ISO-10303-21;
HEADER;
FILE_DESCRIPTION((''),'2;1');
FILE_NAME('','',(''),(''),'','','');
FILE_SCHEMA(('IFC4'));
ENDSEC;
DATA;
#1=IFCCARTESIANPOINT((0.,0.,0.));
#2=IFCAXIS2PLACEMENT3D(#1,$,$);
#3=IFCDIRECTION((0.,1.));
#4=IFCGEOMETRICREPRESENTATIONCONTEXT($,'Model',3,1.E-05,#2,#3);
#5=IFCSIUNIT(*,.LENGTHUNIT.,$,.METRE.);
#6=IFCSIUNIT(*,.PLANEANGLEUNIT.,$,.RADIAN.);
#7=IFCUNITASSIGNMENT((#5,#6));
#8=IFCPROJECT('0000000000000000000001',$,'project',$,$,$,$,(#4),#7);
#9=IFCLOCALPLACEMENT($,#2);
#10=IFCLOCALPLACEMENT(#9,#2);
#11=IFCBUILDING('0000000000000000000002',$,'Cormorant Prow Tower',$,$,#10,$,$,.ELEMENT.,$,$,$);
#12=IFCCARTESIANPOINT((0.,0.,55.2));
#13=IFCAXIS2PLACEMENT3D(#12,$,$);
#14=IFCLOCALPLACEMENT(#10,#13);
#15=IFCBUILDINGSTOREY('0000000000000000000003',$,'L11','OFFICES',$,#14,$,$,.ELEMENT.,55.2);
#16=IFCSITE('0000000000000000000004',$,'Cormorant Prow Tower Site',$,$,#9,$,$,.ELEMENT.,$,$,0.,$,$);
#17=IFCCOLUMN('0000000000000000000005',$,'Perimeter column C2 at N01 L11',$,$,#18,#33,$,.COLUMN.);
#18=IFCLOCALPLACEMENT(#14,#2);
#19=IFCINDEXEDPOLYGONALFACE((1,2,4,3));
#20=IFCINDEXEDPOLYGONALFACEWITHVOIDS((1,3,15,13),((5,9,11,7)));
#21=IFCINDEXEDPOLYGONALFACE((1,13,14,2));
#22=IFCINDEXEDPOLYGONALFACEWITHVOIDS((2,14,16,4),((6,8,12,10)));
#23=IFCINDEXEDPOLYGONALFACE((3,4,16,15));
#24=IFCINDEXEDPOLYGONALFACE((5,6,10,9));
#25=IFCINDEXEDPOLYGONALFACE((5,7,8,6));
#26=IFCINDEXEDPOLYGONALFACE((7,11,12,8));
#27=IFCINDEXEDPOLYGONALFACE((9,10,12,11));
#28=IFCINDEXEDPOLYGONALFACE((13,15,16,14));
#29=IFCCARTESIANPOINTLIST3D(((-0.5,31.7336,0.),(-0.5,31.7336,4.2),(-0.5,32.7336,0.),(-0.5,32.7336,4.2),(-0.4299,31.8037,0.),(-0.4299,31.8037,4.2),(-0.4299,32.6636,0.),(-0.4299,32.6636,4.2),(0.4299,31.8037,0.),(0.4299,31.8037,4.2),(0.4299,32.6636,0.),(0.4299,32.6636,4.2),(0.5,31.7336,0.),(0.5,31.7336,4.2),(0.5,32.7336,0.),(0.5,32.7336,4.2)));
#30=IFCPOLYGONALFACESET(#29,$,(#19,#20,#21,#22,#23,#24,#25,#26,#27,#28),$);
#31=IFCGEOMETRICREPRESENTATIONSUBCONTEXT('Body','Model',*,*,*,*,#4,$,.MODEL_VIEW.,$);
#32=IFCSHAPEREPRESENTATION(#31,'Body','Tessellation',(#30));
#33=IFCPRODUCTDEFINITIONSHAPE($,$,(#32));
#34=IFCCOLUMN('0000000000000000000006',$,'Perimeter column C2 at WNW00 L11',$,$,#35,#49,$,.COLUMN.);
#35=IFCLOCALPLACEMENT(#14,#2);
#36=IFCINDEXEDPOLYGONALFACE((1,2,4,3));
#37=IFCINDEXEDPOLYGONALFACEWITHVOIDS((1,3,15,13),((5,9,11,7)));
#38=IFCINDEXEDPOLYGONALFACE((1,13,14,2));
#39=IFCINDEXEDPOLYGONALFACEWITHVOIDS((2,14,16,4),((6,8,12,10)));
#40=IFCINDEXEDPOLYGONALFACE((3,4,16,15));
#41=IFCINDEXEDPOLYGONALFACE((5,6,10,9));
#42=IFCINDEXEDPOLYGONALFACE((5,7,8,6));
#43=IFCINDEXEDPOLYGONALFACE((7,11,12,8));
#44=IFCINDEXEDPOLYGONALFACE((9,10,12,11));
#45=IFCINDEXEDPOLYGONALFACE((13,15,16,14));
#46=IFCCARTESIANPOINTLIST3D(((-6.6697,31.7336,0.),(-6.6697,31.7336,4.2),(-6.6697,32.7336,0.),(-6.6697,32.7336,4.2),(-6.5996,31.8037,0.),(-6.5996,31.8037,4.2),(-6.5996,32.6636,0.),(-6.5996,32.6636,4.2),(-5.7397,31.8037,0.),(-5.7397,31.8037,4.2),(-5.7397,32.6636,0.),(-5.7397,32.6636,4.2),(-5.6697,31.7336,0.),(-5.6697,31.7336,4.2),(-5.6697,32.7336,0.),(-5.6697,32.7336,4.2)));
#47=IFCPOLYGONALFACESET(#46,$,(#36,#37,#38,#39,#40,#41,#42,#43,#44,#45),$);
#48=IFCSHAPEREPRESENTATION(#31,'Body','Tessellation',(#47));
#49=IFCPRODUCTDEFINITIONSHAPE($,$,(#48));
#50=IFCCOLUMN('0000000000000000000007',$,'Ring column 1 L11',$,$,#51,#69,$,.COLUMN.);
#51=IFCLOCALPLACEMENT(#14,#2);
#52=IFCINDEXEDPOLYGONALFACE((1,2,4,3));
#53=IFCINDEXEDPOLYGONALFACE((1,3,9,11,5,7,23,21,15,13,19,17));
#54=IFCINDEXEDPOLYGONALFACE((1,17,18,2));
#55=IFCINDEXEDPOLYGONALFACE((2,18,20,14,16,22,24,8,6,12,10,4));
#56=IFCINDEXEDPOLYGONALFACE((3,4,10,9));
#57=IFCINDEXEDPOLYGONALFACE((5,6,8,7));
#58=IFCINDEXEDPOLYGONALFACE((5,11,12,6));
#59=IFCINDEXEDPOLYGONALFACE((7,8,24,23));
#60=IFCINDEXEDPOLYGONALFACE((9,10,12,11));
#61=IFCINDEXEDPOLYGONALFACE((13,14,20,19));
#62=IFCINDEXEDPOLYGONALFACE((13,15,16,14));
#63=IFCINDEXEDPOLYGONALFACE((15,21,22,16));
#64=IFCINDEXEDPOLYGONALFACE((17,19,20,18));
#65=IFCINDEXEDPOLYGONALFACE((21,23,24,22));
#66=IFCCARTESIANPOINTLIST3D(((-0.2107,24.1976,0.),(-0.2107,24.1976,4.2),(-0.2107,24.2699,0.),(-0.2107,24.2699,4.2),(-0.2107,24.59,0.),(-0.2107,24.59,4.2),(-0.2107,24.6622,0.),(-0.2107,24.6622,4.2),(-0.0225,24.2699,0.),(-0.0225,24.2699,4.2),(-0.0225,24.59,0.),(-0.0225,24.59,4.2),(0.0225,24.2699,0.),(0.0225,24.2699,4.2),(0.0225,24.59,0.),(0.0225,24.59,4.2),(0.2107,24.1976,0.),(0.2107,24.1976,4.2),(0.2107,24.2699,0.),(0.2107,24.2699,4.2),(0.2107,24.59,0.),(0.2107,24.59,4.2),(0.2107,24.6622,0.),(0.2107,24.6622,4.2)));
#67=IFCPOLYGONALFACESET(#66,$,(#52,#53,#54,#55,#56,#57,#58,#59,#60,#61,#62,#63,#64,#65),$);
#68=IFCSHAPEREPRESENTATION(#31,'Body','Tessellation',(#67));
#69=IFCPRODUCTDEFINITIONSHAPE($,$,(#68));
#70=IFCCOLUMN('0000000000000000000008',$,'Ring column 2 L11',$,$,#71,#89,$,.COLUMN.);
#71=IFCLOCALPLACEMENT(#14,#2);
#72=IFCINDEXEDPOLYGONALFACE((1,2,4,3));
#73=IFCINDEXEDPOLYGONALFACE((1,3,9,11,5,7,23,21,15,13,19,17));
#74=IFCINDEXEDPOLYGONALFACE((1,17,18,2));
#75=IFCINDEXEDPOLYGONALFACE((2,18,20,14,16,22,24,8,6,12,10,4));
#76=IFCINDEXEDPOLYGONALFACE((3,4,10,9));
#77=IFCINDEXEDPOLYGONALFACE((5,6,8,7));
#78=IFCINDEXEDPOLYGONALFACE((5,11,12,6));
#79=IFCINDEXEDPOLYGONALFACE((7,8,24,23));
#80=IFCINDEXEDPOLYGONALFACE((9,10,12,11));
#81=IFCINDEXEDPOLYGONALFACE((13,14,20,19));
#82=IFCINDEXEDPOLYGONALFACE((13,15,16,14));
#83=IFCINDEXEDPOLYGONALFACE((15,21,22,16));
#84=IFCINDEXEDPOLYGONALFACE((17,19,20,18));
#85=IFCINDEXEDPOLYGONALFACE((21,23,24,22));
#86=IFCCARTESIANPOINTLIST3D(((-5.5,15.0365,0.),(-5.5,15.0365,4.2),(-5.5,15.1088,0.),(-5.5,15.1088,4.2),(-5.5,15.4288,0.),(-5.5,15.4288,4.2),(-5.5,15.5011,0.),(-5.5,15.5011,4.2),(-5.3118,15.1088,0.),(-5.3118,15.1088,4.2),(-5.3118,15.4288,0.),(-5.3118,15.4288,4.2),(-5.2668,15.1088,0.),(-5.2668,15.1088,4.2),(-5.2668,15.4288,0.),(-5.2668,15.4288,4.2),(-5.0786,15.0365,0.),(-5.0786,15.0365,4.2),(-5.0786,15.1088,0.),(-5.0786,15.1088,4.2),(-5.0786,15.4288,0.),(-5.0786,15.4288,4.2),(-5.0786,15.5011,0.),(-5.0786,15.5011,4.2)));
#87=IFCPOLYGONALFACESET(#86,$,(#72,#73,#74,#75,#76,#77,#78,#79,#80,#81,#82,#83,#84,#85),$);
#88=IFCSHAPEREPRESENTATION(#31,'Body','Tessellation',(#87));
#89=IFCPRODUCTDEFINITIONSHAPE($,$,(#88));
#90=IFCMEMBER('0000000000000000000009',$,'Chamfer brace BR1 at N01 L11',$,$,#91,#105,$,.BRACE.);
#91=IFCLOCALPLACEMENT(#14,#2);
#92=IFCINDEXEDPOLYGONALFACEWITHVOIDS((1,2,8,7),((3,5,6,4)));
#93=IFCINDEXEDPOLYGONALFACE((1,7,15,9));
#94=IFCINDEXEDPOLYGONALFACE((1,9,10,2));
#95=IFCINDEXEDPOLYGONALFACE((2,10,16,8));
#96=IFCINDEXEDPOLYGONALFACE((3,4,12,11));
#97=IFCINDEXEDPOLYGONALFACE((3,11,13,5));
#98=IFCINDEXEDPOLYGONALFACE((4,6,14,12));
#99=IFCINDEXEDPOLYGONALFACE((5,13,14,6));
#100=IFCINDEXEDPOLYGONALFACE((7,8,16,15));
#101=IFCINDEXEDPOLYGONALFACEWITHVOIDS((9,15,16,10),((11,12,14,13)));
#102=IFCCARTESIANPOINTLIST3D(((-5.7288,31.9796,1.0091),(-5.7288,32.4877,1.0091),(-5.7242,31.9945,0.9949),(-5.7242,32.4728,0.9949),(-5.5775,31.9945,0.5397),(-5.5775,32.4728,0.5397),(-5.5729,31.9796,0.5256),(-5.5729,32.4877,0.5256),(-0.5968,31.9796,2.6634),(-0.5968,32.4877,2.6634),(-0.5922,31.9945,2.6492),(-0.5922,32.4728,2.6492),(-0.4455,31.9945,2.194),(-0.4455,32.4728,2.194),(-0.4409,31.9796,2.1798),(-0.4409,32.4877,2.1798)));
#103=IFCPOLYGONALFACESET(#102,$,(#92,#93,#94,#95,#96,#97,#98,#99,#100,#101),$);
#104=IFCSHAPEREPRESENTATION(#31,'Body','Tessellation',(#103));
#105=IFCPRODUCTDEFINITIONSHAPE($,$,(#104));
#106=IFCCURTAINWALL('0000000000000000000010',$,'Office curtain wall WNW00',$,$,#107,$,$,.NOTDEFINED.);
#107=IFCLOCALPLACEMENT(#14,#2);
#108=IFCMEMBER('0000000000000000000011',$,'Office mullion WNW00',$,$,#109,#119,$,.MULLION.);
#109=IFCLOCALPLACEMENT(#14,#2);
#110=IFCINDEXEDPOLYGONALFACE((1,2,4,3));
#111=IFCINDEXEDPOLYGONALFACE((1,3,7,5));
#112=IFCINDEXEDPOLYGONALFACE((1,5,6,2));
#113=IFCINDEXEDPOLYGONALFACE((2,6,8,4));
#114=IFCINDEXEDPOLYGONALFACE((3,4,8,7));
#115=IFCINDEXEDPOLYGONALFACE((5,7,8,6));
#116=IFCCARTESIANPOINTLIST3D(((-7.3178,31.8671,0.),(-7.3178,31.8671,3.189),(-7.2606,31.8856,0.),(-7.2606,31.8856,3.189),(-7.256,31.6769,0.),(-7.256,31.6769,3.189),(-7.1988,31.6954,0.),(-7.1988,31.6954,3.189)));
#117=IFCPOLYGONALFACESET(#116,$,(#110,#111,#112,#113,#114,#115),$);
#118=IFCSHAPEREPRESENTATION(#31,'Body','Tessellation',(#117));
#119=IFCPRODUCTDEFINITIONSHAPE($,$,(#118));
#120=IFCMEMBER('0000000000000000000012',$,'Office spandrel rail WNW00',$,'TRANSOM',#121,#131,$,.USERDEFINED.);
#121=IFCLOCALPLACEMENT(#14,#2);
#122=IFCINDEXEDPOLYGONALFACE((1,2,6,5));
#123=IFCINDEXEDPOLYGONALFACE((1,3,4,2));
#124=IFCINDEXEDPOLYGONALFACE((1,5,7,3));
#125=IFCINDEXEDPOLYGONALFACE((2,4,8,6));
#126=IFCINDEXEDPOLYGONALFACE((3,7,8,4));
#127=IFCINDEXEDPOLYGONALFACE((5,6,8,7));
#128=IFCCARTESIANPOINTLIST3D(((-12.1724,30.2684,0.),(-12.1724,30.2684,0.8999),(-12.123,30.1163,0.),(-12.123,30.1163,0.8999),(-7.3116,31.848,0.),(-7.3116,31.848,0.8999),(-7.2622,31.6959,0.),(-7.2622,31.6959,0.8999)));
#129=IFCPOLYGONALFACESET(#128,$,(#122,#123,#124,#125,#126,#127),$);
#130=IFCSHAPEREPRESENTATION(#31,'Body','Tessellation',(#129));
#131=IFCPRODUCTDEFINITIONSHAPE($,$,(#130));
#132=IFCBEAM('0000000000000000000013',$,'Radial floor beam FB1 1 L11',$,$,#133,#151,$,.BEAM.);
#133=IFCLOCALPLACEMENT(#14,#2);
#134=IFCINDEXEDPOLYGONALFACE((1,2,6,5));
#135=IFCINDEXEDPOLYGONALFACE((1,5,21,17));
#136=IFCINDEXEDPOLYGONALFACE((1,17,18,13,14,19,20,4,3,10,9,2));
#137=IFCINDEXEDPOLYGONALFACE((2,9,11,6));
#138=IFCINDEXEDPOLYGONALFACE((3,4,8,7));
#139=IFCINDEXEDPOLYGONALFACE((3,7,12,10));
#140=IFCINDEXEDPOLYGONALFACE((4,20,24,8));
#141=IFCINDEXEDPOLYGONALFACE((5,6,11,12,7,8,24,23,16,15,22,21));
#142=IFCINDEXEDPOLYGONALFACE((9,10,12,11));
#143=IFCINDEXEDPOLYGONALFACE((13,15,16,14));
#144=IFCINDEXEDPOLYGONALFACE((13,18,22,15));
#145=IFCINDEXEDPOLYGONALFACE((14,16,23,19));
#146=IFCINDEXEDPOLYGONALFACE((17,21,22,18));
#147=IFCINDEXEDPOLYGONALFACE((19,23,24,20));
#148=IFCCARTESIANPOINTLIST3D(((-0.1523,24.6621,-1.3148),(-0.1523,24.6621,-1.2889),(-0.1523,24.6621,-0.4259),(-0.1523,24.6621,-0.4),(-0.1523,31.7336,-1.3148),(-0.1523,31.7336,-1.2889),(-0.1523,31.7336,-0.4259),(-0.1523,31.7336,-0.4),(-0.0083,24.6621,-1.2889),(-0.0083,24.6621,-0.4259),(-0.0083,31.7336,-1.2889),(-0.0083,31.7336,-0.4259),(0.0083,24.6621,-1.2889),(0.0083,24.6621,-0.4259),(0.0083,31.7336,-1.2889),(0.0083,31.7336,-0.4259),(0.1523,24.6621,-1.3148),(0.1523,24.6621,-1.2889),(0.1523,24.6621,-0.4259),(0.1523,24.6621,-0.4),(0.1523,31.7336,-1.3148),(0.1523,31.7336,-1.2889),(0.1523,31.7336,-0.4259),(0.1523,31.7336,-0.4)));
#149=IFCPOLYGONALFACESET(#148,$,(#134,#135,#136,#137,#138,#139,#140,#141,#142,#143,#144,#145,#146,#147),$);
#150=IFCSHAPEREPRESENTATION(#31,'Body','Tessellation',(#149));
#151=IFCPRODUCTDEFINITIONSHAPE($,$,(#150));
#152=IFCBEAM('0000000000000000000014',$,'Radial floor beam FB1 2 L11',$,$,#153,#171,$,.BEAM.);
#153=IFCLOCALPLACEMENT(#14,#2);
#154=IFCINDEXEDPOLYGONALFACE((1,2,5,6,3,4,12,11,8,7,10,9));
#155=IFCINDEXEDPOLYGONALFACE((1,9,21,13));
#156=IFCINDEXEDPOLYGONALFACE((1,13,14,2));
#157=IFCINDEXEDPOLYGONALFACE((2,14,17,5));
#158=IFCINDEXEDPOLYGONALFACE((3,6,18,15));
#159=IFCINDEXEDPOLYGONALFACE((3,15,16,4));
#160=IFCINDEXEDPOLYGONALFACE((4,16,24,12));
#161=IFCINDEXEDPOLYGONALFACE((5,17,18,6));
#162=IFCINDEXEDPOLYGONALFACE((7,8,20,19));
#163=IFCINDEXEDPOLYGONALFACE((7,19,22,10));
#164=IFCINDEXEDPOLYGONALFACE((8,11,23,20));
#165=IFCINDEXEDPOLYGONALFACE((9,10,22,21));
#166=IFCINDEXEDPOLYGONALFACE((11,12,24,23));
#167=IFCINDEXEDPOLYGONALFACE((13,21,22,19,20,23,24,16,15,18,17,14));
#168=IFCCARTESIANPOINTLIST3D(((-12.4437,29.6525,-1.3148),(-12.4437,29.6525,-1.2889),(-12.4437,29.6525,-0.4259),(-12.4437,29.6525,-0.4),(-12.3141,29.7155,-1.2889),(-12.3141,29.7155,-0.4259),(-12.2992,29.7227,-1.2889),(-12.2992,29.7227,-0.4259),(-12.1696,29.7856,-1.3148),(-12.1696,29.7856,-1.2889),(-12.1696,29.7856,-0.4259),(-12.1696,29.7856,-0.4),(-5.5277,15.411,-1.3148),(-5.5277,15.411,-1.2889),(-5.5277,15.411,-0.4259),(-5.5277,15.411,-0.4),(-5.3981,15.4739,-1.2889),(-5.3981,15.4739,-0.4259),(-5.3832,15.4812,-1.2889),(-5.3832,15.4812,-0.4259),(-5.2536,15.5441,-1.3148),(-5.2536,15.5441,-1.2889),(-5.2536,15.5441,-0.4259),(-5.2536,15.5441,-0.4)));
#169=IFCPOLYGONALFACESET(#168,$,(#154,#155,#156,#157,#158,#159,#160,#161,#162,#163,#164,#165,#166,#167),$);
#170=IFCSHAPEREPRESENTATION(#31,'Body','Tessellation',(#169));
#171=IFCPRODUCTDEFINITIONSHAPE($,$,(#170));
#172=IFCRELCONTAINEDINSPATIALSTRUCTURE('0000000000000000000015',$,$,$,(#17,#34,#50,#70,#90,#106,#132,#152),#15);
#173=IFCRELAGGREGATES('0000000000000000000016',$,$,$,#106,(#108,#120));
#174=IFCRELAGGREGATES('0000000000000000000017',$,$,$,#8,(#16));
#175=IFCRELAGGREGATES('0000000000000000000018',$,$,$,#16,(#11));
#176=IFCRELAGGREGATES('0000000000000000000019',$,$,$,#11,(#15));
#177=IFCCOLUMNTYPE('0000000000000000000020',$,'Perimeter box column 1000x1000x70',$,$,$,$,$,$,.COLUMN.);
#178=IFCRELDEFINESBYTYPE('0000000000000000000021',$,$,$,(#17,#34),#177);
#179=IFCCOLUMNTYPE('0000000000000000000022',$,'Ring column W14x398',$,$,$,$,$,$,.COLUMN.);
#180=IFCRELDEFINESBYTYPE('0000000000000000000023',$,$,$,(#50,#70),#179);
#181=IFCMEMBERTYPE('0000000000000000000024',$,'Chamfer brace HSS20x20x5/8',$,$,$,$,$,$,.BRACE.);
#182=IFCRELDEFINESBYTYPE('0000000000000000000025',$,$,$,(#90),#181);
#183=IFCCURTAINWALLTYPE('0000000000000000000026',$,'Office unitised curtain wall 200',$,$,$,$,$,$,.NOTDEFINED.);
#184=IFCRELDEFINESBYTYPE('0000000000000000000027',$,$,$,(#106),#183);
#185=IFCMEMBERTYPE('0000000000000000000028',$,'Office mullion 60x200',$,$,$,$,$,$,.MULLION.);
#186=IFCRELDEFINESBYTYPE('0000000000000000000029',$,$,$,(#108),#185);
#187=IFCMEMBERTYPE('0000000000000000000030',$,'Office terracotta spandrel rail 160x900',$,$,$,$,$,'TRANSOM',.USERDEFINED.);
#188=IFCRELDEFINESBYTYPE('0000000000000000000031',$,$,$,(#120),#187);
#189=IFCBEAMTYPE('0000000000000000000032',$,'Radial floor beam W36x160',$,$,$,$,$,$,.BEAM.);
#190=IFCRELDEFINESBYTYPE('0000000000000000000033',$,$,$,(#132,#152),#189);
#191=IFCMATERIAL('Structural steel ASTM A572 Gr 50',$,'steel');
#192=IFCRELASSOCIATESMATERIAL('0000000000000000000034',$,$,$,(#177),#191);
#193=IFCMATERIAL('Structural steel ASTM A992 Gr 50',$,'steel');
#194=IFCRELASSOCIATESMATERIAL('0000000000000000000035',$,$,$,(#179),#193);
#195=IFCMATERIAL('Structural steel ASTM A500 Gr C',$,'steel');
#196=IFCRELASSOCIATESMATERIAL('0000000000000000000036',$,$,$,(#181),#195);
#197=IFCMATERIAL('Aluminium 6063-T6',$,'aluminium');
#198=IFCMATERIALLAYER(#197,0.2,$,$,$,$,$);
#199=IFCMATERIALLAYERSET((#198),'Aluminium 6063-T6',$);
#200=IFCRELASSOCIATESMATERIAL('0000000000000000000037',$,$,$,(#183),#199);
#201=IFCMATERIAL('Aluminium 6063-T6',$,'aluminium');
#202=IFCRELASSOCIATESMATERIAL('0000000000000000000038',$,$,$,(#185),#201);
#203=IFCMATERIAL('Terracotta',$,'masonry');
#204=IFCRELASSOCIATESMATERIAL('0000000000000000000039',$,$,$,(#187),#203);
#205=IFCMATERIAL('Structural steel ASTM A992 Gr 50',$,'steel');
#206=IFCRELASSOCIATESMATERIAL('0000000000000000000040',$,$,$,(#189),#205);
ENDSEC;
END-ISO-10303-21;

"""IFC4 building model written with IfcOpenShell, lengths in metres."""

from ifc_helpers import new_model, si_unit, direction, frame, origin, origin_2d, place, context, subcontext, project, spatial, rectangle, hollow_rectangle, i_section, extrude, material, layer, layer_set, material_profile, profile_set, type_object, element, aggregate, save


model = new_model("IFC4")

# Units and contexts
model_context = context("Model", 3, precision=1e-05, world=origin(), true_north=direction((0.0, 1.0)))
body_context = subcontext(model_context, "Body", "Model", "MODEL_VIEW")
ifc_project = project(units=[si_unit("LENGTHUNIT", "METRE"), si_unit("PLANEANGLEUNIT", "RADIAN")], contexts=[model_context])

# Site, building, storey
site_placement = place(None, origin())
site = spatial("IfcSite", under=ifc_project, at=site_placement, Name="Cormorant Prow Tower Site", CompositionType="ELEMENT", RefElevation=0.0)
building_placement = place(site_placement, origin())
building = spatial("IfcBuilding", under=site, at=building_placement, Name="Cormorant Prow Tower", CompositionType="ELEMENT")
storey_placement = place(building_placement, frame((0.0, 0.0, 55.2)))
storey = spatial("IfcBuildingStorey", under=building, at=storey_placement, Name="L11", Description="OFFICES", CompositionType="ELEMENT", Elevation=55.2)

# Columns
ifc_material_1 = material(Name="Structural steel ASTM A572 Gr 50", Category="steel")
ifc_material_profile_1 = material_profile(ifc_material_1, hollow_rectangle(XDim=1.0, YDim=1.0, WallThickness=0.0701, at=origin_2d()), Name="Box 1000x1000x70")
ifc_profile_set_1 = profile_set([ifc_material_profile_1], Name="Structural steel ASTM A572 Gr 50")
column_type_1 = type_object("IfcColumnType", Name="Perimeter box column 1000x1000x70", PredefinedType="COLUMN", material=ifc_profile_set_1)
for number, where, z_axis, x_axis, name in (
    (1, (0.0, 32.2336, 0.0), (0.0, 0.0, 1.0), (1.0, 0.0, 0.0), "Perimeter column C2 at N01 L11"),
    (2, (-6.1697, 32.2336, 0.0), (0.0, 0.0, 1.0), (1.0, 0.0, 0.0), "Perimeter column C2 at WNW00 L11"),
):
    element("IfcColumn", number, at=place(storey_placement, frame(where, z_axis=z_axis, x_axis=x_axis)), inside=storey, type_object=column_type_1, Name=name, PredefinedType="COLUMN", context=body_context, shape_type="SweptSolid", body=[
        extrude(hollow_rectangle(XDim=1.0, YDim=1.0, WallThickness=0.0701, at=origin_2d()), origin(), (0.0, 0.0, 1.0), 4.2),
    ])
ifc_material_2 = material(Name="Structural steel ASTM A992 Gr 50", Category="steel")
ifc_material_profile_2 = material_profile(ifc_material_2, i_section(OverallWidth=0.4214, OverallDepth=0.4646, WebThickness=0.0449, FlangeThickness=0.0723, at=origin_2d()), Name="W14x398")
ifc_profile_set_2 = profile_set([ifc_material_profile_2], Name="Structural steel ASTM A992 Gr 50")
column_type_2 = type_object("IfcColumnType", Name="Ring column W14x398", PredefinedType="COLUMN", material=ifc_profile_set_2)
for number, where, z_axis, x_axis, name in (
    (3, (0.0, 24.4299, 0.0), (0.0, 0.0, 1.0), (1.0, 0.0, 0.0), "Ring column 1 L11"),
    (4, (-5.2893, 15.2688, 0.0), (0.0, 0.0, 1.0), (1.0, 0.0, 0.0), "Ring column 2 L11"),
):
    element("IfcColumn", number, at=place(storey_placement, frame(where, z_axis=z_axis, x_axis=x_axis)), inside=storey, type_object=column_type_2, Name=name, PredefinedType="COLUMN", context=body_context, shape_type="SweptSolid", body=[
        extrude(i_section(OverallWidth=0.4214, OverallDepth=0.4646, WebThickness=0.0449, FlangeThickness=0.0723, at=origin_2d()), origin(), (0.0, 0.0, 1.0), 4.2),
    ])

# Member
ifc_material_3 = material(Name="Structural steel ASTM A500 Gr C", Category="steel")
ifc_material_profile_3 = material_profile(ifc_material_3, hollow_rectangle(XDim=0.5081, YDim=0.5081, WallThickness=0.0149, at=origin_2d()), Name="HSS20x20x5/8")
ifc_profile_set_3 = profile_set([ifc_material_profile_3], Name="Structural steel ASTM A500 Gr C")
member_type_1 = type_object("IfcMemberType", Name="Chamfer brace HSS20x20x5/8", PredefinedType="BRACE", material=ifc_profile_set_3)
member_1_placement = place(storey_placement, frame((-5.6509, 32.2336, 0.7673), z_axis=(0.951774, 0.0, 0.306799), x_axis=(0.0, 1.0, 0.0)))
element("IfcMember", 5, at=member_1_placement, inside=storey, type_object=member_type_1, Name="Chamfer brace BR1 at N01 L11", PredefinedType="BRACE", context=body_context, shape_type="SweptSolid", body=[
    extrude(hollow_rectangle(XDim=0.5081, YDim=0.5081, WallThickness=0.0149, at=origin_2d()), origin(), (0.0, 0.0, 1.0), 5.3921),
])

# Curtain wall, members
ifc_material_4 = material(Name="Aluminium 6063-T6", Category="aluminium")
ifc_layer_1 = layer(ifc_material_4, 0.2)
ifc_layer_set_1 = layer_set([ifc_layer_1], Name="Aluminium 6063-T6")
curtain_wall_type = type_object("IfcCurtainWallType", Name="Office unitised curtain wall 200", PredefinedType="NOTDEFINED", material=ifc_layer_set_1)
curtain_wall_placement = place(storey_placement, origin())
curtain_wall = element("IfcCurtainWall", 6, at=curtain_wall_placement, inside=storey, type_object=curtain_wall_type, Name="Office curtain wall WNW00", PredefinedType="NOTDEFINED")
ifc_material_5 = material(Name="Aluminium 6063-T6", Category="aluminium")
ifc_material_profile_4 = material_profile(ifc_material_5, rectangle(XDim=0.2, YDim=0.0601, at=origin_2d()), Name="Office mullion 60x200")
ifc_profile_set_4 = profile_set([ifc_material_profile_4], Name="Aluminium 6063-T6")
member_type_2 = type_object("IfcMemberType", Name="Office mullion 60x200", PredefinedType="MULLION", material=ifc_profile_set_4)
member_2_placement = place(storey_placement, frame((-7.2583, 31.7812, 0.0), z_axis=(0.0, 0.0, 1.0), x_axis=(0.309017, -0.951056, 0.0)))
member_2 = element("IfcMember", 7, at=member_2_placement, type_object=member_type_2, Name="Office mullion WNW00", PredefinedType="MULLION", context=body_context, shape_type="SweptSolid", body=[
    extrude(rectangle(XDim=0.2, YDim=0.0601, at=origin_2d()), origin(), (0.0, 0.0, 1.0), 3.189),
])
ifc_material_6 = material(Name="Terracotta", Category="masonry")
ifc_material_profile_5 = material_profile(ifc_material_6, rectangle(XDim=0.1599, YDim=0.8999, at=origin_2d()), Name="Office terracotta spandrel rail 160x900")
ifc_profile_set_5 = profile_set([ifc_material_profile_5], Name="Terracotta")
member_type_3 = type_object("IfcMemberType", Name="Office terracotta spandrel rail 160x900", ElementType="TRANSOM", PredefinedType="USERDEFINED", material=ifc_profile_set_5)
member_3_placement = place(storey_placement, frame((-7.2869, 31.772, 0.45), z_axis=(-0.951045, -0.309054, 0.0), x_axis=(0.309054, -0.951045, 0.0)))
member_3 = element("IfcMember", 8, at=member_3_placement, type_object=member_type_3, Name="Office spandrel rail WNW00", ObjectType="TRANSOM", PredefinedType="USERDEFINED", context=body_context, shape_type="SweptSolid", body=[
    extrude(rectangle(XDim=0.1599, YDim=0.8999, at=origin_2d()), origin(), (0.0, 0.0, 1.0), 5.1111),
])

# Beams
ifc_material_7 = material(Name="Structural steel ASTM A992 Gr 50", Category="steel")
ifc_material_profile_6 = material_profile(ifc_material_7, i_section(OverallWidth=0.3047, OverallDepth=0.9148, WebThickness=0.0166, FlangeThickness=0.0259, at=origin_2d()), Name="W36x160")
ifc_profile_set_6 = profile_set([ifc_material_profile_6], Name="Structural steel ASTM A992 Gr 50")
beam_type_1 = type_object("IfcBeamType", Name="Radial floor beam W36x160", PredefinedType="BEAM", material=ifc_profile_set_6)
beam_1_placement = place(storey_placement, frame((0.0, 24.6621, -0.8574), z_axis=(0.0, 1.0, 0.0), x_axis=(-1.0, 0.0, 0.0)))
element("IfcBeam", 9, at=beam_1_placement, inside=storey, type_object=beam_type_1, Name="Radial floor beam FB1 1 L11", PredefinedType="BEAM", context=body_context, shape_type="SweptSolid", body=[
    extrude(i_section(OverallWidth=0.3047, OverallDepth=0.9148, WebThickness=0.0166, FlangeThickness=0.0259, at=origin_2d()), origin(), (0.0, 0.0, 1.0), 7.0715),
])
beam_2_placement = place(storey_placement, frame((-5.3906, 15.4775, -0.8574), z_axis=(-0.436839, 0.899539, 0.0), x_axis=(-0.899539, -0.436839, 0.0)))
element("IfcBeam", 10, at=beam_2_placement, inside=storey, type_object=beam_type_1, Name="Radial floor beam FB1 2 L11", PredefinedType="BEAM", context=body_context, shape_type="SweptSolid", body=[
    extrude(i_section(OverallWidth=0.3047, OverallDepth=0.9148, WebThickness=0.0166, FlangeThickness=0.0259, at=origin_2d()), origin(), (0.0, 0.0, 1.0), 15.832),
])

aggregate(curtain_wall, [member_2, member_3])

save(model, "model.ifc")
